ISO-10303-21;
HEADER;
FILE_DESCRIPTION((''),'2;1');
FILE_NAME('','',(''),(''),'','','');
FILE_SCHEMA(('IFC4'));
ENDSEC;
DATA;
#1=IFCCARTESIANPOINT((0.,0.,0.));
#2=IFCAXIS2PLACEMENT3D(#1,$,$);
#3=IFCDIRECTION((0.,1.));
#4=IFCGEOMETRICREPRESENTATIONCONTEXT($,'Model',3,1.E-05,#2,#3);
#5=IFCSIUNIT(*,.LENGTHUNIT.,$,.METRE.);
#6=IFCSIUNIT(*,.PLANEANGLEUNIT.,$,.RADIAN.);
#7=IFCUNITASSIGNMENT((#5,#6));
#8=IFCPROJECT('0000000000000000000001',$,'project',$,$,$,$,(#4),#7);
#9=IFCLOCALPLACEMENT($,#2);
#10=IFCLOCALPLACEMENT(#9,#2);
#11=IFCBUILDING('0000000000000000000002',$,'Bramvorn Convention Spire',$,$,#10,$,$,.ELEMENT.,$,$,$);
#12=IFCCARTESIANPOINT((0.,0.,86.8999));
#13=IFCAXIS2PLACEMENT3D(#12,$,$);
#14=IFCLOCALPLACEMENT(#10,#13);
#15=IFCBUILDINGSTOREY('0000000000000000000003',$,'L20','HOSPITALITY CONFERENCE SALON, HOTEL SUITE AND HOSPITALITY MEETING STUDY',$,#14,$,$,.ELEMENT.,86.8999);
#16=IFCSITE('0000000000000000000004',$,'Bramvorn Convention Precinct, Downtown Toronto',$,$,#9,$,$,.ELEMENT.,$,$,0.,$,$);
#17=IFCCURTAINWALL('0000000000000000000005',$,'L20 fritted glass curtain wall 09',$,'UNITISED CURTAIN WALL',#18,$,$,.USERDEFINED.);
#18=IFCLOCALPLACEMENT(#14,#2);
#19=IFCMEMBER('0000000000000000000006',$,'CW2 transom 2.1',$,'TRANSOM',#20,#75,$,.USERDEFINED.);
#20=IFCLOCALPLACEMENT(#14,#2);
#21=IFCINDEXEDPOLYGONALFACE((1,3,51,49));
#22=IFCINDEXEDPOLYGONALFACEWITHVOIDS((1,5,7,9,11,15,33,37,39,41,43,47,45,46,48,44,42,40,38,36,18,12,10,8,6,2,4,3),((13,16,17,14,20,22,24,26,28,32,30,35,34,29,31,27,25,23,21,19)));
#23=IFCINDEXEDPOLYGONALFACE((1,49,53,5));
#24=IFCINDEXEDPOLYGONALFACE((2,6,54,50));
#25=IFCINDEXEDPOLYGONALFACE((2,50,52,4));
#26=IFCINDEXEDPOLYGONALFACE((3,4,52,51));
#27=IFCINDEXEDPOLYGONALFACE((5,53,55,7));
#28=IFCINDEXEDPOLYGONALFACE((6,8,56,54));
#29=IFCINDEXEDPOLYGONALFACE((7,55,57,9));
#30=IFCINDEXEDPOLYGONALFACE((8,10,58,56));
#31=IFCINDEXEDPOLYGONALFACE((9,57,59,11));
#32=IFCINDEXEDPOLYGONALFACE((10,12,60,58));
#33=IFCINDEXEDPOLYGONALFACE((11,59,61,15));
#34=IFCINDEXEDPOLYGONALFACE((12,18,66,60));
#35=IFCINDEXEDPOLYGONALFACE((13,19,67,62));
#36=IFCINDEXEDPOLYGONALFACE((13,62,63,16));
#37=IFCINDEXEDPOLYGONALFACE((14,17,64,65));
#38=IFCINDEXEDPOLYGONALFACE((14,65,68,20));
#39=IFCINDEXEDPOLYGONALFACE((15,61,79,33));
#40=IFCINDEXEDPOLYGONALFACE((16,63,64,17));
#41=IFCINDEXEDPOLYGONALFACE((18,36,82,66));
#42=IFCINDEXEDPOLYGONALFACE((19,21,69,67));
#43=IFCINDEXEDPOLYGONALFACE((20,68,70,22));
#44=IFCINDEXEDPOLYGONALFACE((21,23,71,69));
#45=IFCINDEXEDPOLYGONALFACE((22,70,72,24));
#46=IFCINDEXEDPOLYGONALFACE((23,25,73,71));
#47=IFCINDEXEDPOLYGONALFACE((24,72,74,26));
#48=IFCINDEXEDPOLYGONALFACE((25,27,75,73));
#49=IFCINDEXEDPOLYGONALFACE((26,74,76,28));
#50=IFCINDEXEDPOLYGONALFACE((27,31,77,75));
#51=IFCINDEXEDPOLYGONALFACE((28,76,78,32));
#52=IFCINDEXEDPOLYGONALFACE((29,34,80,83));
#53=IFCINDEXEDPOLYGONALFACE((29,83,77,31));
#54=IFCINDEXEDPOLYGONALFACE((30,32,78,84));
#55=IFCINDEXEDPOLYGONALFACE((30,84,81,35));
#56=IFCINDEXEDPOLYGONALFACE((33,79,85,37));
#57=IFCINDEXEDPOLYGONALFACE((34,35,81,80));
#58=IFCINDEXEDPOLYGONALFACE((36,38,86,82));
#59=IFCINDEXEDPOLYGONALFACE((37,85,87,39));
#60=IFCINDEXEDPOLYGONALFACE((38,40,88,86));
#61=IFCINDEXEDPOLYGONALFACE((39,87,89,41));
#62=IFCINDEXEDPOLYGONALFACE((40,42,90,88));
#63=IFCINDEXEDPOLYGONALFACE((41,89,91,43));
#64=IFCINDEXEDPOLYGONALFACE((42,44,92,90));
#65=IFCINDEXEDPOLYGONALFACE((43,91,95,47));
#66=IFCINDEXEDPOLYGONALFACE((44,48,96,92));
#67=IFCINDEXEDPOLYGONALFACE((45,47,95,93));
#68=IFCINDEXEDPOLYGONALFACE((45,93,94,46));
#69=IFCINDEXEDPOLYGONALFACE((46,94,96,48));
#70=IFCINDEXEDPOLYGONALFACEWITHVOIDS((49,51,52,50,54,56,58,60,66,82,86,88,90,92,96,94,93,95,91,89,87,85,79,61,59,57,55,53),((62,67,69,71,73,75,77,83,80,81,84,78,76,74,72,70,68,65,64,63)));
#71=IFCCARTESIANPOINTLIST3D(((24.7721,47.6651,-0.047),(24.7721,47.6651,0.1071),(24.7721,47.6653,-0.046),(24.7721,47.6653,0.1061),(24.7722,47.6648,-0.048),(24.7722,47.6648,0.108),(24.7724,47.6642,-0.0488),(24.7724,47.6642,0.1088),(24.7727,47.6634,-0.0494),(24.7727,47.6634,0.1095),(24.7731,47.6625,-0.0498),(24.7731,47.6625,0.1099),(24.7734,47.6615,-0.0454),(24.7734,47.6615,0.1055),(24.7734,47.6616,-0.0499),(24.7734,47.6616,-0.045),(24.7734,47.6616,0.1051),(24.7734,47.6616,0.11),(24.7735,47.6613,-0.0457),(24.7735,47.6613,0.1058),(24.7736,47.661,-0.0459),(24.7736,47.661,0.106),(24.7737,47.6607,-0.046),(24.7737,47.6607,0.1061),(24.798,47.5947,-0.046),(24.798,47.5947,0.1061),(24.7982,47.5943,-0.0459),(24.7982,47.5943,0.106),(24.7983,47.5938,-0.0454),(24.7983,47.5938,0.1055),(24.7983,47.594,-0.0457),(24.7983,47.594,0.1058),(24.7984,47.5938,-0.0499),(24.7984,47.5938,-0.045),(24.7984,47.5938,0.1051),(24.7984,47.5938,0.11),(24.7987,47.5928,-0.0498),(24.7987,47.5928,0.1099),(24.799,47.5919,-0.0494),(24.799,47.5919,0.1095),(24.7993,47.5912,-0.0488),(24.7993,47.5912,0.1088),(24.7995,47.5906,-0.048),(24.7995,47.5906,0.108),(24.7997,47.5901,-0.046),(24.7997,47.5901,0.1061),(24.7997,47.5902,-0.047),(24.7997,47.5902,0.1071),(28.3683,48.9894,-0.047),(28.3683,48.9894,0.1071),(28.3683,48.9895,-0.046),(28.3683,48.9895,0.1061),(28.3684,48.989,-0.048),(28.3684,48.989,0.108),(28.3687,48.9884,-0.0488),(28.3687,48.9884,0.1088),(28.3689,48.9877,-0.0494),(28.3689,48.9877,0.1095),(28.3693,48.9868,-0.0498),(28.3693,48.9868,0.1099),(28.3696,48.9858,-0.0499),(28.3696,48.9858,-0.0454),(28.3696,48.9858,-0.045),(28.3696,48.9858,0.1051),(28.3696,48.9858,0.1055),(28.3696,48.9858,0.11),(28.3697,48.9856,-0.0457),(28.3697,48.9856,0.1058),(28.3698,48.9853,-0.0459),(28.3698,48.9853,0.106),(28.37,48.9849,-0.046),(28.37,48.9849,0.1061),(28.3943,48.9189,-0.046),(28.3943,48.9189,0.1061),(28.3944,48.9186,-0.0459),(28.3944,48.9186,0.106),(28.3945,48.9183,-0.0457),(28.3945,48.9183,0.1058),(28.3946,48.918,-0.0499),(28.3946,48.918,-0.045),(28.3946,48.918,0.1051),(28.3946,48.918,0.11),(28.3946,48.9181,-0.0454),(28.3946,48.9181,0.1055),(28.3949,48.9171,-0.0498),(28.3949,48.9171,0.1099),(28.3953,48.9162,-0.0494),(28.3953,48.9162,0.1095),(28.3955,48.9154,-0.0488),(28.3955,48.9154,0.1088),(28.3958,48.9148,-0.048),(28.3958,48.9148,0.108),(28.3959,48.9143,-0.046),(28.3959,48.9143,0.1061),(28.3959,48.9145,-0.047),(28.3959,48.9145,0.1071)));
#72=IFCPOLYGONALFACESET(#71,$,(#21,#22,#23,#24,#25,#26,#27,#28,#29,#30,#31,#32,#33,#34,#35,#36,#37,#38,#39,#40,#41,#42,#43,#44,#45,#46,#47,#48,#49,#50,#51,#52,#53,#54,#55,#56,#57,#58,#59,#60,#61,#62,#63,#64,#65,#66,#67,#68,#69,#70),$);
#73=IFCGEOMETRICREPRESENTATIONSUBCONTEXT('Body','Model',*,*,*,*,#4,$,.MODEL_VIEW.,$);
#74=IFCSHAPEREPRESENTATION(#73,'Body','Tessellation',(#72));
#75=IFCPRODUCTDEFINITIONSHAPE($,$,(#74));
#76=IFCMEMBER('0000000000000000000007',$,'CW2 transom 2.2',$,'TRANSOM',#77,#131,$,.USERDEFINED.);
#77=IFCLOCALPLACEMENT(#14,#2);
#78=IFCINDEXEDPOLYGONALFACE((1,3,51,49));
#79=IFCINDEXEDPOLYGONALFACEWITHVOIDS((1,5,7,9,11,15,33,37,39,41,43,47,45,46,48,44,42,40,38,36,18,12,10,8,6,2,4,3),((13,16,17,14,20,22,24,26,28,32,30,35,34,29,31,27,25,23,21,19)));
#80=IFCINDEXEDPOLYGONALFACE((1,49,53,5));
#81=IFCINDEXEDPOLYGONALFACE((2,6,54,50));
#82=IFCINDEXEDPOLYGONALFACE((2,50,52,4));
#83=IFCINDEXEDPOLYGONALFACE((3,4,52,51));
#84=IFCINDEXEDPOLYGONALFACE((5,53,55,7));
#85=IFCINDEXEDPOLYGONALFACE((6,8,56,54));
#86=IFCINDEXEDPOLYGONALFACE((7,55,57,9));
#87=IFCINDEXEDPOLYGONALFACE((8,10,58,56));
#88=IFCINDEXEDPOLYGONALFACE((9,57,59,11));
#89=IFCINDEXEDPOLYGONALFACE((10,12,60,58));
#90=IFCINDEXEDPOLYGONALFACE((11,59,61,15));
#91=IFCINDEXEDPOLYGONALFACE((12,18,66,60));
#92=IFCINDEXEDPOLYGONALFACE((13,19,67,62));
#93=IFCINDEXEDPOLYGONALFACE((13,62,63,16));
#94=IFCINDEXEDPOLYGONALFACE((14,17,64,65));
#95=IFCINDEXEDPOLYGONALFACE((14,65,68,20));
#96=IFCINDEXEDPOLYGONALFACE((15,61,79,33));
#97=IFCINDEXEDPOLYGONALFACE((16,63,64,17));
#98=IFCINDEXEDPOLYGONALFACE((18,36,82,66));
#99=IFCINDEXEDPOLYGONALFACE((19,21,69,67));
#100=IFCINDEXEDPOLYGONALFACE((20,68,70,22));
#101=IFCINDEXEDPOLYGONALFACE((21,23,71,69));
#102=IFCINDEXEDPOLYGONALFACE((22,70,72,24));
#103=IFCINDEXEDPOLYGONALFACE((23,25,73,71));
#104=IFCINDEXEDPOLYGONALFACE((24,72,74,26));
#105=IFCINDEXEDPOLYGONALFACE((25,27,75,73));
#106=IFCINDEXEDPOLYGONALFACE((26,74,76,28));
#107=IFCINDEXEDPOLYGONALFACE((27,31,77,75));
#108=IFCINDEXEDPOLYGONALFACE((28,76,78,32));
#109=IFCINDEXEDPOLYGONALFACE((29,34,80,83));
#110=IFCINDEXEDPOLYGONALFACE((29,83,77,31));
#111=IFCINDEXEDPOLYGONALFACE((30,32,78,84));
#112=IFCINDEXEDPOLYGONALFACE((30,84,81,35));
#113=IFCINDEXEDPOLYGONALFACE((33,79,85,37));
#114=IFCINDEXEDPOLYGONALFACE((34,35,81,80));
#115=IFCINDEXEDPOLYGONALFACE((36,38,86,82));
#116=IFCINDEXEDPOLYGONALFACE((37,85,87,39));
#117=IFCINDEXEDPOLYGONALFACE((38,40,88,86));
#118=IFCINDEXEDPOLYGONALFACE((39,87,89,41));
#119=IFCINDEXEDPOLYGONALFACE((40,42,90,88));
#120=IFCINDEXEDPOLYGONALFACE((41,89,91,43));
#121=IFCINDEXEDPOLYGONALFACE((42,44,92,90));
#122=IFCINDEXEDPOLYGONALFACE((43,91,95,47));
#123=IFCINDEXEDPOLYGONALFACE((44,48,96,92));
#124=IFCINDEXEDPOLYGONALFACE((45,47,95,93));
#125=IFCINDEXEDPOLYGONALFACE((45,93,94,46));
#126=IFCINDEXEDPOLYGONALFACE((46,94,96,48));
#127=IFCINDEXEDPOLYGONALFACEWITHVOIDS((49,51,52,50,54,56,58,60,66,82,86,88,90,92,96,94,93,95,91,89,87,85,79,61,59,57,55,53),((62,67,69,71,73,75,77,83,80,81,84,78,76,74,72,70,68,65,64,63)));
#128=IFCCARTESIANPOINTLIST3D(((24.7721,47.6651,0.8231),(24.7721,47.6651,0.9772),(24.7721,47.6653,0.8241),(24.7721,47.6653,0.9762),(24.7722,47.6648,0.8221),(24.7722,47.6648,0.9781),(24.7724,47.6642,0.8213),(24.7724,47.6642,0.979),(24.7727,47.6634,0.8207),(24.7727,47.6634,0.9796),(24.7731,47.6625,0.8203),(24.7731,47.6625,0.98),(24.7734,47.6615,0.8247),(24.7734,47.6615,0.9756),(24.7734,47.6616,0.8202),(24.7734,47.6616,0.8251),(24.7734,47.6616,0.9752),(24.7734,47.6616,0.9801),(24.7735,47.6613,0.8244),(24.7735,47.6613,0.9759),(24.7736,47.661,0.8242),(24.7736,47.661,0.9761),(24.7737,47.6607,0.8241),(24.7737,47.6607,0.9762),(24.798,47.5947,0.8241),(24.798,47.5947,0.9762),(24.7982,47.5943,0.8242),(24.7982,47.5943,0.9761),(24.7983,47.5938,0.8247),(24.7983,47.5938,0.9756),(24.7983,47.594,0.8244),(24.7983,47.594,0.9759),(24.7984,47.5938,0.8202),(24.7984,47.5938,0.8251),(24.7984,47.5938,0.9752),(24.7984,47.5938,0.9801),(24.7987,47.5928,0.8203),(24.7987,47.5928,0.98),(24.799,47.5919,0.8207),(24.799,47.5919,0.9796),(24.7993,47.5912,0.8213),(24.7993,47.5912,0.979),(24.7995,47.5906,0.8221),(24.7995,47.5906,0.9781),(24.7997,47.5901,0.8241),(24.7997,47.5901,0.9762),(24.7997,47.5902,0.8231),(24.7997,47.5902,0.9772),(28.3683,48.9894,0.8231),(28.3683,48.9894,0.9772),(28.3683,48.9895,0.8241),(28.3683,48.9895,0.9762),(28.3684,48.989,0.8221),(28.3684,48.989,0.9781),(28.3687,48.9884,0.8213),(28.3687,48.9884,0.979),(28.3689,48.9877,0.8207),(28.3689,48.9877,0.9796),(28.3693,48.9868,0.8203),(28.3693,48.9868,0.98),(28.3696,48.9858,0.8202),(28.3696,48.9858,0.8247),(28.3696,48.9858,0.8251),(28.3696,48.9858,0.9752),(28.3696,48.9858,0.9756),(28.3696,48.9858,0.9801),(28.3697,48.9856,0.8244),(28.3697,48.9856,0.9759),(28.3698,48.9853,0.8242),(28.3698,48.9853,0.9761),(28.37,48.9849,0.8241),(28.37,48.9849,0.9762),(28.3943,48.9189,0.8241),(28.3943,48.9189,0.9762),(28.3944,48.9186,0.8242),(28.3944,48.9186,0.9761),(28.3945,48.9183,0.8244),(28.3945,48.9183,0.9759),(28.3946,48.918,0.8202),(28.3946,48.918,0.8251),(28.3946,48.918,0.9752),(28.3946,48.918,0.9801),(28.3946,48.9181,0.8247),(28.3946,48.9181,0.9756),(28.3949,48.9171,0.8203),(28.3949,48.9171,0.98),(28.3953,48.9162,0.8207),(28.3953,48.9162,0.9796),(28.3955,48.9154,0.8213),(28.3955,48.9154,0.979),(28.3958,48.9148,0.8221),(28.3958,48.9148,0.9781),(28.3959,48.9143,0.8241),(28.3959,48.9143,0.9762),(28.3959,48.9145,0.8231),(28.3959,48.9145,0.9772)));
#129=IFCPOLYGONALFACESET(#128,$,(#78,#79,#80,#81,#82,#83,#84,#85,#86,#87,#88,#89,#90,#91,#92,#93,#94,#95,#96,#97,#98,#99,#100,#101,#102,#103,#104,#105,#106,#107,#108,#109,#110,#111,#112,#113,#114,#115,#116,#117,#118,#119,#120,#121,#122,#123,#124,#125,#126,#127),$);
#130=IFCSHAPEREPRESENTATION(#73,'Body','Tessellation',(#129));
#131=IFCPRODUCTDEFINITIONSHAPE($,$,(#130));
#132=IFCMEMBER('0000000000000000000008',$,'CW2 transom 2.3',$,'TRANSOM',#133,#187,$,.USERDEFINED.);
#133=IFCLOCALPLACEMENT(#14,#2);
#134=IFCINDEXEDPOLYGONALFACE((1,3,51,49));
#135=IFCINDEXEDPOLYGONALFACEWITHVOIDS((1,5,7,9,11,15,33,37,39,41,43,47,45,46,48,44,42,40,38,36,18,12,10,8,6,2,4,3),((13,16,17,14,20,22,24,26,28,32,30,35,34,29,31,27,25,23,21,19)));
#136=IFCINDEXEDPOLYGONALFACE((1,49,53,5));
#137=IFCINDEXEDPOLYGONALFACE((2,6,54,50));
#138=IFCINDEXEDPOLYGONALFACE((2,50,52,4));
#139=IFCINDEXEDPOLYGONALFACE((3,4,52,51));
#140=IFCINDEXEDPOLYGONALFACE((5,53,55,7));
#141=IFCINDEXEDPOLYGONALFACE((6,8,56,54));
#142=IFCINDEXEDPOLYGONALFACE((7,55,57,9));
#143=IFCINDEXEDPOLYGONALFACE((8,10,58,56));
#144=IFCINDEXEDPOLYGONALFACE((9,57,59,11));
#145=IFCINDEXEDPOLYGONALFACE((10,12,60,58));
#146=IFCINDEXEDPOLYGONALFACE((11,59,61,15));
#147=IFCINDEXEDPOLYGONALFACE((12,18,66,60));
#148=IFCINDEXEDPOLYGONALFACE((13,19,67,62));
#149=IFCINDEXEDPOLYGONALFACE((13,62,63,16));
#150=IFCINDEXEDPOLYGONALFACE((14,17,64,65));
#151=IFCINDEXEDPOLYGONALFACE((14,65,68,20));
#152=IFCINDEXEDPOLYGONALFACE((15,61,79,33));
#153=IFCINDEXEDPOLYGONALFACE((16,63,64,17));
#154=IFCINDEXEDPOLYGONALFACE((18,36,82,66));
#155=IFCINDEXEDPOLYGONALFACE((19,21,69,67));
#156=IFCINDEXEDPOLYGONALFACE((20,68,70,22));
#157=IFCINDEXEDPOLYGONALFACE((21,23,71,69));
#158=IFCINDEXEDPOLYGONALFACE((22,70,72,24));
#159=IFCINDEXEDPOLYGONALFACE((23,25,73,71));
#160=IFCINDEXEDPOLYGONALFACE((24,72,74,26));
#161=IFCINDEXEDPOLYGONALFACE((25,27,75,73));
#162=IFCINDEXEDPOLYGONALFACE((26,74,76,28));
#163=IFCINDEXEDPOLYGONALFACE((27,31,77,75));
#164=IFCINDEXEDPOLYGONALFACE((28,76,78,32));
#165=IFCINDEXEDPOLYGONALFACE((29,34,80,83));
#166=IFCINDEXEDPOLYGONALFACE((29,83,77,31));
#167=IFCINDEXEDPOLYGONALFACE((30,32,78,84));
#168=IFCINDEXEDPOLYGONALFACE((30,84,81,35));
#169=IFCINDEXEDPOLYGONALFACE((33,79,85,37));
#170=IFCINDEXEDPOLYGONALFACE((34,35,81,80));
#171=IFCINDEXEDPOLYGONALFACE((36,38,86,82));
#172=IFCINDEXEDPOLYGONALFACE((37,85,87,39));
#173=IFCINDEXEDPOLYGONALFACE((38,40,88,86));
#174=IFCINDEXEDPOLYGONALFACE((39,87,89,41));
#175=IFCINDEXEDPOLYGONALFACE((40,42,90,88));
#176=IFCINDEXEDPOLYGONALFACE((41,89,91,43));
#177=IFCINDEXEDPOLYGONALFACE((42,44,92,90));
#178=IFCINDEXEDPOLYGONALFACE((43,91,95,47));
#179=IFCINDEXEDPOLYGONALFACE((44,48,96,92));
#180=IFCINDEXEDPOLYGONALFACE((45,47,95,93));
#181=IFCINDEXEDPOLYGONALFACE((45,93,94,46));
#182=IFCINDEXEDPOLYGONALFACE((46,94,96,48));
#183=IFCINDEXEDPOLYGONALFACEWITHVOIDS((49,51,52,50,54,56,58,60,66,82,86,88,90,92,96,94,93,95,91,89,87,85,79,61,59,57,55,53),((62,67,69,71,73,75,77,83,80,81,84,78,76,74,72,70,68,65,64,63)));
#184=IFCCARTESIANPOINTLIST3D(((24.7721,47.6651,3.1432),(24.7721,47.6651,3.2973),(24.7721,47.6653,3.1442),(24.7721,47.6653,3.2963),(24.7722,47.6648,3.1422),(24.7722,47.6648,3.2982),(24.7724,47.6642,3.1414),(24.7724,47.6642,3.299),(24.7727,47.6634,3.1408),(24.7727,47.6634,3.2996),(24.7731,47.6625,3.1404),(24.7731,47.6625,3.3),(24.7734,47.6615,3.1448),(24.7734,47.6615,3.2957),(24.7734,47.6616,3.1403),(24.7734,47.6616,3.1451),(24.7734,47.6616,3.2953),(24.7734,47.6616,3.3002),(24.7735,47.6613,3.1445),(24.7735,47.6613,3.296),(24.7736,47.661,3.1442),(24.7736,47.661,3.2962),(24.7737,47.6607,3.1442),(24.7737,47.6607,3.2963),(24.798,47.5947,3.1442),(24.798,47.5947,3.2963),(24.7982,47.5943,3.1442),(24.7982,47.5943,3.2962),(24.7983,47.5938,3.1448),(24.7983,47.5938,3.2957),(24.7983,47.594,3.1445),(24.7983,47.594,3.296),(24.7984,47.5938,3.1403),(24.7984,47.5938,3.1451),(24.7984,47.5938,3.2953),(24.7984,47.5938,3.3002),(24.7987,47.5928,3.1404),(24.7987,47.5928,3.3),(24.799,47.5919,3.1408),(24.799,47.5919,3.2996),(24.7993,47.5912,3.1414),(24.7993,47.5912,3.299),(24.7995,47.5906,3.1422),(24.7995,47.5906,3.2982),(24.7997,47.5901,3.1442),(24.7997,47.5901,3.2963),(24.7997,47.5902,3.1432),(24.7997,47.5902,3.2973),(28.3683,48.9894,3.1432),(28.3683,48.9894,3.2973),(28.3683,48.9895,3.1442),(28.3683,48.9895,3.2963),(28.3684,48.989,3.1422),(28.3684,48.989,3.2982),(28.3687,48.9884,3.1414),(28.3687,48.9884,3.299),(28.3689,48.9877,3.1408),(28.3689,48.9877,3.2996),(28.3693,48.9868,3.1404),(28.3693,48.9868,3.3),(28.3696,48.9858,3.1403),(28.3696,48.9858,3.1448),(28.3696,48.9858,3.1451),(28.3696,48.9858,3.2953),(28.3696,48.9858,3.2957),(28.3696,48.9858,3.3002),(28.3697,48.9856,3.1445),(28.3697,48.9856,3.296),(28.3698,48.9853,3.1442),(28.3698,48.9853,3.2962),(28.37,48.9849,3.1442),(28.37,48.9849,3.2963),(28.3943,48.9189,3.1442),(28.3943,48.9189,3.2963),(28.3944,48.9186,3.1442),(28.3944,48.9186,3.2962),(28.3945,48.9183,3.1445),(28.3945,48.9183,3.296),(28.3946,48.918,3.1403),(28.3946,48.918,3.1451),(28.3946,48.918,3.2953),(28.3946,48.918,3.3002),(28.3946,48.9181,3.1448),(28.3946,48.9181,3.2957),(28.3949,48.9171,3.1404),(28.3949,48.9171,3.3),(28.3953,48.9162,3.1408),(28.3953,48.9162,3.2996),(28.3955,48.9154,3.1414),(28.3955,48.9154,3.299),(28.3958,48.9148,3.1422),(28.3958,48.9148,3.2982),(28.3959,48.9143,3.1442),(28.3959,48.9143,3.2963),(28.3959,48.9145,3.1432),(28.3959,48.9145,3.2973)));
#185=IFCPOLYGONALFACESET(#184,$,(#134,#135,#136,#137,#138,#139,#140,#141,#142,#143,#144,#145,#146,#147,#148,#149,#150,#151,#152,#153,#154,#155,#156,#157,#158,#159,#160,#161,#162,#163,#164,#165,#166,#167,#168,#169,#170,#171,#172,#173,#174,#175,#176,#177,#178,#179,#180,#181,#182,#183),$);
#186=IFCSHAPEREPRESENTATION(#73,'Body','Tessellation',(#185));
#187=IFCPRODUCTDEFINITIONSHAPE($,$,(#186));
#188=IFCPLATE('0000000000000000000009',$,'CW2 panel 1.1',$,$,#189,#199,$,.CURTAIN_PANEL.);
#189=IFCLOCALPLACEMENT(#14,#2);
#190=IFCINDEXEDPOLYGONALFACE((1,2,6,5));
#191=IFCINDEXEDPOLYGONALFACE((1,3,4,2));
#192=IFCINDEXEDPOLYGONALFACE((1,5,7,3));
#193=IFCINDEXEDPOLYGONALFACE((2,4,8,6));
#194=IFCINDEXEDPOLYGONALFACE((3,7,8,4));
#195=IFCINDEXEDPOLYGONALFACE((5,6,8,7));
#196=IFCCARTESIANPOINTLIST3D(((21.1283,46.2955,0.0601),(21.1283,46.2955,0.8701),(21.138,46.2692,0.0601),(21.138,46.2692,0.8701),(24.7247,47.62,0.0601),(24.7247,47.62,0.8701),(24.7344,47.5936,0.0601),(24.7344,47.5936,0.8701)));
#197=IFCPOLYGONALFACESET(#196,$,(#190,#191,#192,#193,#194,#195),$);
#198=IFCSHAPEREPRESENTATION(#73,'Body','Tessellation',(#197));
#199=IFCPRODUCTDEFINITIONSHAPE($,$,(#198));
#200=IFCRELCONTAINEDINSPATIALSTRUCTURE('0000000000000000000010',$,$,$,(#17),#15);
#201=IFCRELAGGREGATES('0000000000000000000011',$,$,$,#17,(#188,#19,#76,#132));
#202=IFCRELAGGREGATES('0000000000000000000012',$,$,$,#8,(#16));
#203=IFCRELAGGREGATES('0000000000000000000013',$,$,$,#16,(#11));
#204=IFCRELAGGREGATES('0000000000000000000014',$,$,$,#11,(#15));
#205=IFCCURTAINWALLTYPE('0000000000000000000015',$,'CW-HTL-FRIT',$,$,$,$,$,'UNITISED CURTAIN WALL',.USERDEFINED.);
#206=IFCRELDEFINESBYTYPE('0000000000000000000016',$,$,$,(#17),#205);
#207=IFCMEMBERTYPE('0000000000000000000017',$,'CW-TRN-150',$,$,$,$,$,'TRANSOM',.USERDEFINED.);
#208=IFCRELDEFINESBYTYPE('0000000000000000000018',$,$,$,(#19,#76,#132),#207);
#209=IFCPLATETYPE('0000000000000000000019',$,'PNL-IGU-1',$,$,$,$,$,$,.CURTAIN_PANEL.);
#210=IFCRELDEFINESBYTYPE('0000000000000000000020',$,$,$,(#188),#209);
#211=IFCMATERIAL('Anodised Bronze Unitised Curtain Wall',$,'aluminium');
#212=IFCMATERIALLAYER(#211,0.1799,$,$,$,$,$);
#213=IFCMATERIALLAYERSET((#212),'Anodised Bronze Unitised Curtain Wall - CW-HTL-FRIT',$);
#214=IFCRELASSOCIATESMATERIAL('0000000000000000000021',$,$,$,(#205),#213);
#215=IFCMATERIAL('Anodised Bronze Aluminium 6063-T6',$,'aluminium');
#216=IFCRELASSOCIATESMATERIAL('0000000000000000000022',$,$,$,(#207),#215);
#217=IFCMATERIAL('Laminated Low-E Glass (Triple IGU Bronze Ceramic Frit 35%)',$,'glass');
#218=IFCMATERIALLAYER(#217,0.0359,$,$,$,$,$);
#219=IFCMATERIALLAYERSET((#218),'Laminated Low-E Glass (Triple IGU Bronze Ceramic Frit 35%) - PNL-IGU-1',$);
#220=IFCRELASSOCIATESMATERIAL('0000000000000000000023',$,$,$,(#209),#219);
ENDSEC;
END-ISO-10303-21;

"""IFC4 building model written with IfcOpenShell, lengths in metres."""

from ifc_helpers import new_model, si_unit, direction, frame, origin, origin_2d, place, context, subcontext, project, spatial, rectangle, hollow_rectangle, extrude, material, layer, layer_set, material_profile, profile_set, type_object, element, aggregate, save


model = new_model("IFC4")

# Units and contexts
model_context = context("Model", 3, precision=1e-05, world=origin(), true_north=direction((0.0, 1.0)))
body_context = subcontext(model_context, "Body", "Model", "MODEL_VIEW")
ifc_project = project(units=[si_unit("LENGTHUNIT", "METRE"), si_unit("PLANEANGLEUNIT", "RADIAN")], contexts=[model_context])

# Site, building, storey
site_placement = place(None, origin())
site = spatial("IfcSite", under=ifc_project, at=site_placement, Name="Bramvorn Convention Precinct, Downtown Toronto", CompositionType="ELEMENT", RefElevation=0.0)
building_placement = place(site_placement, origin())
building = spatial("IfcBuilding", under=site, at=building_placement, Name="Bramvorn Convention Spire", CompositionType="ELEMENT")
storey_placement = place(building_placement, frame((0.0, 0.0, 86.8999)))
storey = spatial("IfcBuildingStorey", under=building, at=storey_placement, Name="L20", Description="HOSPITALITY CONFERENCE SALON, HOTEL SUITE AND HOSPITALITY MEETING STUDY", CompositionType="ELEMENT", Elevation=86.8999)

# Curtain wall, members, plate
ifc_material_1 = material(Name="Anodised Bronze Unitised Curtain Wall", Category="aluminium")
ifc_layer_1 = layer(ifc_material_1, 0.1799)
ifc_layer_set_1 = layer_set([ifc_layer_1], Name="Anodised Bronze Unitised Curtain Wall - CW-HTL-FRIT")
curtain_wall_type = type_object("IfcCurtainWallType", Name="CW-HTL-FRIT", ElementType="UNITISED CURTAIN WALL", PredefinedType="USERDEFINED", material=ifc_layer_set_1)
curtain_wall_placement = place(storey_placement, origin())
curtain_wall = element("IfcCurtainWall", 1, at=curtain_wall_placement, inside=storey, type_object=curtain_wall_type, Name="L20 fritted glass curtain wall 09", ObjectType="UNITISED CURTAIN WALL", PredefinedType="USERDEFINED")
ifc_material_2 = material(Name="Anodised Bronze Aluminium 6063-T6", Category="aluminium")
ifc_material_profile_1 = material_profile(ifc_material_2, hollow_rectangle(XDim=0.0801, YDim=0.1599, WallThickness=0.0039, InnerFilletRadius=0.001, OuterFilletRadius=0.0039, at=origin_2d()))
ifc_profile_set_1 = profile_set([ifc_material_profile_1], Name="Anodised Bronze Aluminium 6063-T6 - CWT80X160")
member_type_1 = type_object("IfcMemberType", Name="CW-TRN-150", ElementType="TRANSOM", PredefinedType="USERDEFINED", material=ifc_profile_set_1)
member_1_placement = place(storey_placement, frame((24.7859, 47.6277, 0.03), z_axis=(0.938402, 0.345546, 0.0), x_axis=(-0.345546, 0.938402, 0.0)))
member_1 = element("IfcMember", 2, at=member_1_placement, type_object=member_type_1, Name="CW2 transom 2.1", ObjectType="TRANSOM", PredefinedType="USERDEFINED", context=body_context, shape_type="SweptSolid", body=[
    extrude(hollow_rectangle(XDim=0.0801, YDim=0.1599, WallThickness=0.0039, InnerFilletRadius=0.001, OuterFilletRadius=0.0039, at=origin_2d()), origin(), (0.0, 0.0, 1.0), 3.8323),
])
member_2_placement = place(storey_placement, frame((24.7859, 47.6277, 0.9001), z_axis=(0.938402, 0.345546, 0.0), x_axis=(-0.345546, 0.938402, 0.0)))
member_2 = element("IfcMember", 3, at=member_2_placement, type_object=member_type_1, Name="CW2 transom 2.2", ObjectType="TRANSOM", PredefinedType="USERDEFINED", context=body_context, shape_type="SweptSolid", body=[
    extrude(hollow_rectangle(XDim=0.0801, YDim=0.1599, WallThickness=0.0039, InnerFilletRadius=0.001, OuterFilletRadius=0.0039, at=origin_2d()), origin(), (0.0, 0.0, 1.0), 3.8323),
])
member_3_placement = place(storey_placement, frame((24.7859, 47.6277, 3.2202), z_axis=(0.938402, 0.345546, 0.0), x_axis=(-0.345546, 0.938402, 0.0)))
member_3 = element("IfcMember", 4, at=member_3_placement, type_object=member_type_1, Name="CW2 transom 2.3", ObjectType="TRANSOM", PredefinedType="USERDEFINED", context=body_context, shape_type="SweptSolid", body=[
    extrude(hollow_rectangle(XDim=0.0801, YDim=0.1599, WallThickness=0.0039, InnerFilletRadius=0.001, OuterFilletRadius=0.0039, at=origin_2d()), origin(), (0.0, 0.0, 1.0), 3.8323),
])
ifc_material_3 = material(Name="Laminated Low-E Glass (Triple IGU Bronze Ceramic Frit 35%)", Category="glass")
ifc_layer_2 = layer(ifc_material_3, 0.0359)
ifc_layer_set_2 = layer_set([ifc_layer_2], Name="Laminated Low-E Glass (Triple IGU Bronze Ceramic Frit 35%) - PNL-IGU-1")
plate_type = type_object("IfcPlateType", Name="PNL-IGU-1", PredefinedType="CURTAIN_PANEL", material=ifc_layer_set_2)
plate_1_placement = place(storey_placement, frame((22.9314, 46.9446, 0.0601), z_axis=(0.0, 0.0, 1.0), x_axis=(0.93839, 0.345578, 0.0)))
plate_1 = element("IfcPlate", 5, at=plate_1_placement, type_object=plate_type, Name="CW2 panel 1.1", PredefinedType="CURTAIN_PANEL", context=body_context, shape_type="SweptSolid", body=[
    extrude(rectangle(XDim=3.8325, YDim=0.0281, at=origin_2d()), origin(), (0.0, 0.0, 1.0), 0.8101),
])
aggregate(curtain_wall, [plate_1, member_1, member_2, member_3])

save(model, "model.ifc")
